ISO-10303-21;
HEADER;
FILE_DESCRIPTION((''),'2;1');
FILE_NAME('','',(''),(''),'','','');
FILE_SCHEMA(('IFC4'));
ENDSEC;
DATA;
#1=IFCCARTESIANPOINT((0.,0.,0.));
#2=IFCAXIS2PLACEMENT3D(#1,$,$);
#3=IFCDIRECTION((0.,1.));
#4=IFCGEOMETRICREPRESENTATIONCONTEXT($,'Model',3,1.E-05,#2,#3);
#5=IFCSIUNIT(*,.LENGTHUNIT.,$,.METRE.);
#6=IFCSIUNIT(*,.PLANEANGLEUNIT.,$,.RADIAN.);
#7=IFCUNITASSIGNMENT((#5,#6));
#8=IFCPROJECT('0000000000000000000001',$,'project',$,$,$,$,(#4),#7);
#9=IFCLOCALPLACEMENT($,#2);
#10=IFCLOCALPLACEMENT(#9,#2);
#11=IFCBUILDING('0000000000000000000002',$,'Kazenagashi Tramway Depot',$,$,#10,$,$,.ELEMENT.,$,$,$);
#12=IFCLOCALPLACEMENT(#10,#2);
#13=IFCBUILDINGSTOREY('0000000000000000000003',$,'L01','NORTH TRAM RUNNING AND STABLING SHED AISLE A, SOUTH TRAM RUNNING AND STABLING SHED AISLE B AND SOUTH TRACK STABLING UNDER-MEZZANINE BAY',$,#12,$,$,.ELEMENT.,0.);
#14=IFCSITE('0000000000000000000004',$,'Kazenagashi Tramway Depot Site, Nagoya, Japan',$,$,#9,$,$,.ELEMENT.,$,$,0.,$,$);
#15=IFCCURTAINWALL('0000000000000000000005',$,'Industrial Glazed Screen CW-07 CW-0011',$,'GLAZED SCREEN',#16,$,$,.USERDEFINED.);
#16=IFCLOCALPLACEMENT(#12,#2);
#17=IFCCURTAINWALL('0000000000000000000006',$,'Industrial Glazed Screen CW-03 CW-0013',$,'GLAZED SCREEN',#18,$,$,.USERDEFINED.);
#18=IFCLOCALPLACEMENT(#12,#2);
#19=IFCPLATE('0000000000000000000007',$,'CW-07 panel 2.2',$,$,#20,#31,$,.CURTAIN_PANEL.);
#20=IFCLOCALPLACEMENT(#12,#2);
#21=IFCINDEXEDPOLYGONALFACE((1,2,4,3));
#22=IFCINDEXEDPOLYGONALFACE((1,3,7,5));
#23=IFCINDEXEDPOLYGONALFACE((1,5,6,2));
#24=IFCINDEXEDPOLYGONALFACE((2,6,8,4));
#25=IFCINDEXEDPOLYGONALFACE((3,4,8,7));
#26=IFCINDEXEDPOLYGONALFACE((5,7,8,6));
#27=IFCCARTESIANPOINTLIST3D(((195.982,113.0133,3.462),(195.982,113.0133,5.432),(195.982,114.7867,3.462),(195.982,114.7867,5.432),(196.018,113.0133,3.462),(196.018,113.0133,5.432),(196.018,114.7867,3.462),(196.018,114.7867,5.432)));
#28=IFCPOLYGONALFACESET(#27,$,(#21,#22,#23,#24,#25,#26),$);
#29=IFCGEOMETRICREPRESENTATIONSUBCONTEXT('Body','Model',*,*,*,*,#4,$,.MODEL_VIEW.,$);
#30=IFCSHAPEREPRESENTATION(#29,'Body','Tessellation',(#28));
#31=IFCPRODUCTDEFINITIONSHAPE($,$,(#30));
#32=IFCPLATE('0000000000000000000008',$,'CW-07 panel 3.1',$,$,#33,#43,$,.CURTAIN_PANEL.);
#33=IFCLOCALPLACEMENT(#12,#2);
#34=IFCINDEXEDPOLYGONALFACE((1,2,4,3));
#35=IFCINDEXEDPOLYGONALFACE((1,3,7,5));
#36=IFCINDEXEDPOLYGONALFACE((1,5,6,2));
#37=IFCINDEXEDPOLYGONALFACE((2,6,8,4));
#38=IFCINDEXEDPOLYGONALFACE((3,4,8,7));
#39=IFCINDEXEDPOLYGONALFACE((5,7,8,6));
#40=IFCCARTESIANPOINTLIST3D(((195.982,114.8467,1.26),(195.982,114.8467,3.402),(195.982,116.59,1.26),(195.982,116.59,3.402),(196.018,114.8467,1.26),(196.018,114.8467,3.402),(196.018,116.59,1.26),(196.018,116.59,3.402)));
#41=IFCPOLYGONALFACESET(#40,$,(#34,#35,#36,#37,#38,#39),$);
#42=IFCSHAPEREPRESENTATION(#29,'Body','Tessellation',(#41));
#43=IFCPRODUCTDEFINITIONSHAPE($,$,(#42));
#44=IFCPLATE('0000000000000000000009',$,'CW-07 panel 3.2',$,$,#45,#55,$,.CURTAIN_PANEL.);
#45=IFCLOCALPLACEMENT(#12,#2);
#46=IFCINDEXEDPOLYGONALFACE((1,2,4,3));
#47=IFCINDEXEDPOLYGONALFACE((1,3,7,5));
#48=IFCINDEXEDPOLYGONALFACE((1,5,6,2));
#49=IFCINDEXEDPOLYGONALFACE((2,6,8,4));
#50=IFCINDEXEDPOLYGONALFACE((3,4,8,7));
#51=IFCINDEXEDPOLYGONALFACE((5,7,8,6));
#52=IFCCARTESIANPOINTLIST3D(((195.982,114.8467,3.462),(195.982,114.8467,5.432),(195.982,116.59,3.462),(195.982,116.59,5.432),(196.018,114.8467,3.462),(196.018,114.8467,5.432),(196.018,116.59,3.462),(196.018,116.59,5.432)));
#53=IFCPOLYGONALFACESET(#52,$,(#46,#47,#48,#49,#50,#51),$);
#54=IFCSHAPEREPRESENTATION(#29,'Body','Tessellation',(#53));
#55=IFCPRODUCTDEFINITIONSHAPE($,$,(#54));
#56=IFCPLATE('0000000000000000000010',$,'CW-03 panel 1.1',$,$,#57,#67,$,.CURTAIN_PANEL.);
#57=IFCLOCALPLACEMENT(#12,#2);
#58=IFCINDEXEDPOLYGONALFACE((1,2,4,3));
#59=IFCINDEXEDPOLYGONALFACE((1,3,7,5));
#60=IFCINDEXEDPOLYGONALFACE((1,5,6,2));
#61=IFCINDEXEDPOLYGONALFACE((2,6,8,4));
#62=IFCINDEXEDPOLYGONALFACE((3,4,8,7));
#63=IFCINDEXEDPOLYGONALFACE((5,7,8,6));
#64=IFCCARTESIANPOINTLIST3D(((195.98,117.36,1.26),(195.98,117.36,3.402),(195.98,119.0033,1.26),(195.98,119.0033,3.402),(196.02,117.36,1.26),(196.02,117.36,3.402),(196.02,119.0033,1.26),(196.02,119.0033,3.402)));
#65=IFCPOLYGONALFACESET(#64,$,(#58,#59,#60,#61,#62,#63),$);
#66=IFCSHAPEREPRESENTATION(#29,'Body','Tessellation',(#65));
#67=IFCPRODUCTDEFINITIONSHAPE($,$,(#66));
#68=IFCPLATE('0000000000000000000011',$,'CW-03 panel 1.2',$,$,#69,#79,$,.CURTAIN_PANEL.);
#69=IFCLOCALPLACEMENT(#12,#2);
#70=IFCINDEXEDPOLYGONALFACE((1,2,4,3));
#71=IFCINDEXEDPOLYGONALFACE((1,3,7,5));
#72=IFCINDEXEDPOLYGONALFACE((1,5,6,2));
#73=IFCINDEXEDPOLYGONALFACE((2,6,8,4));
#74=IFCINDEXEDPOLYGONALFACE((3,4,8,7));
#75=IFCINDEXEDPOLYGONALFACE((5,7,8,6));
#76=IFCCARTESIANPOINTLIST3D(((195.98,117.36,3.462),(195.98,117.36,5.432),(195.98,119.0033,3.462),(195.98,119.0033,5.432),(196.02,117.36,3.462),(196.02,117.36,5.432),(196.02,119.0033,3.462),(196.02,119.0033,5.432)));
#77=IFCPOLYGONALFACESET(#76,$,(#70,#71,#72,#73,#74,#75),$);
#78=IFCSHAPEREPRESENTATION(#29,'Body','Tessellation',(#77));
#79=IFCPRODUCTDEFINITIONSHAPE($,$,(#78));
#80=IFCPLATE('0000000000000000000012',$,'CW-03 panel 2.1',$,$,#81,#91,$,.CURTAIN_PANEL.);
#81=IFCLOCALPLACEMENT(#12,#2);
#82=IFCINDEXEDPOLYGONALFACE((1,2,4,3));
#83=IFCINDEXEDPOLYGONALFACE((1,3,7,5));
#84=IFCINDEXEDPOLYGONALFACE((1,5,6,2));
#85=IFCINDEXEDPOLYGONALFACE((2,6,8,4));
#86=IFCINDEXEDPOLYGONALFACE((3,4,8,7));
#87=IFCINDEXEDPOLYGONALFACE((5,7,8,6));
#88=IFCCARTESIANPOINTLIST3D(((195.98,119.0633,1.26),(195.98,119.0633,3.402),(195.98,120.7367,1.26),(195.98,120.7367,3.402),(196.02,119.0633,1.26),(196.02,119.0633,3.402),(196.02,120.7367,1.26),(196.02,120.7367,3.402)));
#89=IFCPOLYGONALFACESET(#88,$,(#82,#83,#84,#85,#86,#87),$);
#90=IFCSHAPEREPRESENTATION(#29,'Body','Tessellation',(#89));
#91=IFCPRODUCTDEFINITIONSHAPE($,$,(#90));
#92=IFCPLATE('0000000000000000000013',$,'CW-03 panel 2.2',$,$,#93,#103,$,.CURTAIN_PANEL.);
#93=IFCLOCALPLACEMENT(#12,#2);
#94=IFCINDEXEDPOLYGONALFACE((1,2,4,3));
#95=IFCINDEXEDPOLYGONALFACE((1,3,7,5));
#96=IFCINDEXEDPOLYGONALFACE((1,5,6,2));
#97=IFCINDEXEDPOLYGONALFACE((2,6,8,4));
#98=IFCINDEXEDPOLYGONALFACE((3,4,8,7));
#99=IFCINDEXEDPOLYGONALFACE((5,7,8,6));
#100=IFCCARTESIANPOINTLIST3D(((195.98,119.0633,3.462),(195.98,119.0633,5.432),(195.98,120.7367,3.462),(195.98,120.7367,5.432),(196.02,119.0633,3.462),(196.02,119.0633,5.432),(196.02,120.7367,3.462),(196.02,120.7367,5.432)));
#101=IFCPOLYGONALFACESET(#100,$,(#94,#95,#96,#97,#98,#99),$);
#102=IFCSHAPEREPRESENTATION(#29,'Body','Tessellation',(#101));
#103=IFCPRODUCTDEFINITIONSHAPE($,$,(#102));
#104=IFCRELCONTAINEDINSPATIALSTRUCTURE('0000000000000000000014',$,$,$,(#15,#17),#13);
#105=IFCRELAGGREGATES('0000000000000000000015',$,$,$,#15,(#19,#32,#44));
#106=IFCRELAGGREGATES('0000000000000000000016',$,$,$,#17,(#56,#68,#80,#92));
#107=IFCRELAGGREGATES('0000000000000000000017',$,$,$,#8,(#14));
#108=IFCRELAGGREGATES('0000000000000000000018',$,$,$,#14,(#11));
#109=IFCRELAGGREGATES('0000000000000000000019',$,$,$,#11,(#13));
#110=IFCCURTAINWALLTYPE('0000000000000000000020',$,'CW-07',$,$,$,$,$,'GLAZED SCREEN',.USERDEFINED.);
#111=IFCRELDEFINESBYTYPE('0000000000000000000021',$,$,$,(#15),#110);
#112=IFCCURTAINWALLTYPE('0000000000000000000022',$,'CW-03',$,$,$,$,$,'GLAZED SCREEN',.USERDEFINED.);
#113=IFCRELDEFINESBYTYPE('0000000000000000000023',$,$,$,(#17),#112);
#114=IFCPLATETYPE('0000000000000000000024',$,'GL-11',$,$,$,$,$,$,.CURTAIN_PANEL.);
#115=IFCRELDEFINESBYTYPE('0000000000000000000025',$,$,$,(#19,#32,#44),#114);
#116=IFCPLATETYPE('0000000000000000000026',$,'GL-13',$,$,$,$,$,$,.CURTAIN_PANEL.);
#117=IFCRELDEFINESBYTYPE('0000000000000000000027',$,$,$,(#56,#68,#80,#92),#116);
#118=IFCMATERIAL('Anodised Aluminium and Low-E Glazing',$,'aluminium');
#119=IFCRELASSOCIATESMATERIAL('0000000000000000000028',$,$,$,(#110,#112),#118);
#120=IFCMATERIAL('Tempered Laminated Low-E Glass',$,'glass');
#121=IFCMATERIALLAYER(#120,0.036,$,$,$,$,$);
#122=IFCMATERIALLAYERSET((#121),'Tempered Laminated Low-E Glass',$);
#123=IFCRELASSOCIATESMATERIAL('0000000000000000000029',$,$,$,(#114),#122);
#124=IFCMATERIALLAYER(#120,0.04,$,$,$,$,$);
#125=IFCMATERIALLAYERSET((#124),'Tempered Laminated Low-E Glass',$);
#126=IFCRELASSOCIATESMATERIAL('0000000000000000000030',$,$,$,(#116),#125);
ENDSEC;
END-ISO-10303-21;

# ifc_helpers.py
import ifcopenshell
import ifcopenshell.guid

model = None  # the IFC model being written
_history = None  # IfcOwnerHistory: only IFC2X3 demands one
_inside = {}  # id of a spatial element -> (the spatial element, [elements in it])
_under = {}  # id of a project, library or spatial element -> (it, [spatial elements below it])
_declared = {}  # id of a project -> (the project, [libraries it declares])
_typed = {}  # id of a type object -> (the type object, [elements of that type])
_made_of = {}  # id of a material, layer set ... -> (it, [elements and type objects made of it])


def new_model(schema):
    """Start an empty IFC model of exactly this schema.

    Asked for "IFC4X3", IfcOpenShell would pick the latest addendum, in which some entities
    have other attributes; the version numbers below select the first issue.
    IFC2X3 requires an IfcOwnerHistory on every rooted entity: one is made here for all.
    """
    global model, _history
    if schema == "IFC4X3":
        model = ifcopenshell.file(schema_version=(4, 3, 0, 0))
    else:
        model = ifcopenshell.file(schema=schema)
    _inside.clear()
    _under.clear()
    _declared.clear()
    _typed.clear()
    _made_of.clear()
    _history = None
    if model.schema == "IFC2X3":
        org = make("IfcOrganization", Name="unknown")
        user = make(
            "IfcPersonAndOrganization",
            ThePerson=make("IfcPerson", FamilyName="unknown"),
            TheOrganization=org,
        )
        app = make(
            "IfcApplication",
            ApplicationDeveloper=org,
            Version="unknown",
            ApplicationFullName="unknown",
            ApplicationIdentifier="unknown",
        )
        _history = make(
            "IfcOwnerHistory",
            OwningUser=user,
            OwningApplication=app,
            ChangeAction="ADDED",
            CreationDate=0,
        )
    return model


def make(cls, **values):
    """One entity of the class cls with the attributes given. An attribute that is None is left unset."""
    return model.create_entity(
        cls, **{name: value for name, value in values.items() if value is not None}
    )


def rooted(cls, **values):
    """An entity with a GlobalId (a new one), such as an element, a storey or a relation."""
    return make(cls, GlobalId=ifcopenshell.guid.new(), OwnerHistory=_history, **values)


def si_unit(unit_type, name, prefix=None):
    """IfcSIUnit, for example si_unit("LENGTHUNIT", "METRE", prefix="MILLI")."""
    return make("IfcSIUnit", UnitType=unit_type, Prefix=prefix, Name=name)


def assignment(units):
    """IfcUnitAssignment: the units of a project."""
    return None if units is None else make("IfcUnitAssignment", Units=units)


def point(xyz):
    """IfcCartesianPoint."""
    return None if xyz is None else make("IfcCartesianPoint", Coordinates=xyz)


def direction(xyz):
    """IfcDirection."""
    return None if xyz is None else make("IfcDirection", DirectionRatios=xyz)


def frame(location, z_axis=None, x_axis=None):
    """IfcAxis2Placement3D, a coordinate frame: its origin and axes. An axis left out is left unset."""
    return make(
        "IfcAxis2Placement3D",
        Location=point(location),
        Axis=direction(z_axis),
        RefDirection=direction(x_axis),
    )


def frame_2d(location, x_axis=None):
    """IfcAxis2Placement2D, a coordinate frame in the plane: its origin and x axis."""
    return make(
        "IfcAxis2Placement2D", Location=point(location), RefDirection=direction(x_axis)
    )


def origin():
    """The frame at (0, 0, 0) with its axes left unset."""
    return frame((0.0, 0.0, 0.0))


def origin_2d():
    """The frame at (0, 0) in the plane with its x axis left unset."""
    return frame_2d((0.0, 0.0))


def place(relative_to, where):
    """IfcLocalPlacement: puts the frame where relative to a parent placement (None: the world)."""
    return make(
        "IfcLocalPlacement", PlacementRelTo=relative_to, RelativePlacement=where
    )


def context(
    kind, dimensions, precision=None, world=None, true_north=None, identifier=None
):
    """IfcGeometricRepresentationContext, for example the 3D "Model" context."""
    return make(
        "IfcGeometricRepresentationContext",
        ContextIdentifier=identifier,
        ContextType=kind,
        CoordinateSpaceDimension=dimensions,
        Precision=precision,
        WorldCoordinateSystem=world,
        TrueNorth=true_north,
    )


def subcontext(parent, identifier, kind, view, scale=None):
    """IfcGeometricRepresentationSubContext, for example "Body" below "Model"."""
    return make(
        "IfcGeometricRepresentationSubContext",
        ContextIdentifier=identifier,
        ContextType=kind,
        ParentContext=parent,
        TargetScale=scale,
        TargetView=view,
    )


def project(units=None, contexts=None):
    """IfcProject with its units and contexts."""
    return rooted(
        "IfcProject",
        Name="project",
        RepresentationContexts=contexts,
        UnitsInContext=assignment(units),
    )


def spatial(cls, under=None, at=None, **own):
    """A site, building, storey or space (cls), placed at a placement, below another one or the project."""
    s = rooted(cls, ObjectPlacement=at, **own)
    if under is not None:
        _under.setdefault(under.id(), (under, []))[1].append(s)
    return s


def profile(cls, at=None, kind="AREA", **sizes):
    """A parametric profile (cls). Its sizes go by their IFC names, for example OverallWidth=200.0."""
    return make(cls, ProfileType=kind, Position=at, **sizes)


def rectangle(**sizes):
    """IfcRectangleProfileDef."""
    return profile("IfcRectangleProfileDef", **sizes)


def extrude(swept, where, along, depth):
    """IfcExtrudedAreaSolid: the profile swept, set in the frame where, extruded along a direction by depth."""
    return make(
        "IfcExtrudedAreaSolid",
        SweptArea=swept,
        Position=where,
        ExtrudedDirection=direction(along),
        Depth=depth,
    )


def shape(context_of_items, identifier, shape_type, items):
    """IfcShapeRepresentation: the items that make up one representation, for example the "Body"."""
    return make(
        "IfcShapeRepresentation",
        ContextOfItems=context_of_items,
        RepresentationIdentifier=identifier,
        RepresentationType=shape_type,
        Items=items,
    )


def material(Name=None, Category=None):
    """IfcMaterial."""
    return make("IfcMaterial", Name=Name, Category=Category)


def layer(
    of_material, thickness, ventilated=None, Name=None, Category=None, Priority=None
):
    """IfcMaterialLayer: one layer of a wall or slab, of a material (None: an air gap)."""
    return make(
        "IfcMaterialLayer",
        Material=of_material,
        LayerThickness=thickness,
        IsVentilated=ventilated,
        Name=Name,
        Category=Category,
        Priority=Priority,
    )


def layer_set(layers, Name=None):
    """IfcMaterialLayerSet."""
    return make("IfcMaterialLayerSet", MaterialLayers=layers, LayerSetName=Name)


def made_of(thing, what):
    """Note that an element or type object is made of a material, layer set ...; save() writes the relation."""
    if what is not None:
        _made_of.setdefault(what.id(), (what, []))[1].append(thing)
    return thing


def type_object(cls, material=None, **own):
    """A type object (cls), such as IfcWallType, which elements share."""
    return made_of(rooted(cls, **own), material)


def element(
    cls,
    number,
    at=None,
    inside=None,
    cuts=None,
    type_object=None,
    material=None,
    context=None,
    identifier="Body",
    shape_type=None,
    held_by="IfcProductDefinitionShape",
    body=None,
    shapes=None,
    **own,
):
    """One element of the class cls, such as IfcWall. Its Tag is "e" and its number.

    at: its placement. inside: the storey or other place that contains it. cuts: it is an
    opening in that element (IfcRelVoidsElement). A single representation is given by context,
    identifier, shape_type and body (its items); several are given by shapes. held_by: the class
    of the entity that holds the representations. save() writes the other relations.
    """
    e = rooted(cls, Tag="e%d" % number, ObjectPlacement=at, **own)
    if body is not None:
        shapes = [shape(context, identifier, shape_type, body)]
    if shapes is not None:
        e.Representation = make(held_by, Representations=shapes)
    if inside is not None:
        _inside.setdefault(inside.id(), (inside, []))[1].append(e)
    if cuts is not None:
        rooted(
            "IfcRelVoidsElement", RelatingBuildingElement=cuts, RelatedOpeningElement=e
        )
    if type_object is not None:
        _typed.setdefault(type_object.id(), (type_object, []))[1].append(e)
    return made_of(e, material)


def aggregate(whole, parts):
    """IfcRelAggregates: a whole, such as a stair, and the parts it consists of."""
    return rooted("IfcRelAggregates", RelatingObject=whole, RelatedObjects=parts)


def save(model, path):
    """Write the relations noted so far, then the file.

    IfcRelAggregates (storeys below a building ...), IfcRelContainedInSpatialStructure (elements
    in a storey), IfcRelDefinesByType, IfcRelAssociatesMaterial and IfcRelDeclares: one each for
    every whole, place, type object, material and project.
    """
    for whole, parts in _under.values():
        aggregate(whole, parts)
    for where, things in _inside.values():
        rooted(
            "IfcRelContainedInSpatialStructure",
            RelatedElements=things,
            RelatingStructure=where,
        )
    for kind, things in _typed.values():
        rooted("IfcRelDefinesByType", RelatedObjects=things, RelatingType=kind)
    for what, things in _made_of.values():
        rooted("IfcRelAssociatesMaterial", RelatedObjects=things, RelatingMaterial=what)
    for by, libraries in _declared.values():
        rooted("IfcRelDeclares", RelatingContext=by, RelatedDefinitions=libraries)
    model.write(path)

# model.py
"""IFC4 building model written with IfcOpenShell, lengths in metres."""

from ifc_helpers import new_model, si_unit, direction, frame, origin, origin_2d, place, context, subcontext, project, spatial, rectangle, extrude, material, layer, layer_set, type_object, element, aggregate, save


model = new_model("IFC4")

# Units and contexts
model_context = context("Model", 3, precision=1e-05, world=origin(), true_north=direction((0.0, 1.0)))
body_context = subcontext(model_context, "Body", "Model", "MODEL_VIEW")
ifc_project = project(units=[si_unit("LENGTHUNIT", "METRE"), si_unit("PLANEANGLEUNIT", "RADIAN")], contexts=[model_context])

# Site, building, storey
site_placement = place(None, origin())
site = spatial("IfcSite", under=ifc_project, at=site_placement, Name="Kazenagashi Tramway Depot Site, Nagoya, Japan", CompositionType="ELEMENT", RefElevation=0.0)
building_placement = place(site_placement, origin())
building = spatial("IfcBuilding", under=site, at=building_placement, Name="Kazenagashi Tramway Depot", CompositionType="ELEMENT")
storey_placement = place(building_placement, origin())
storey = spatial("IfcBuildingStorey", under=building, at=storey_placement, Name="L01", Description="NORTH TRAM RUNNING AND STABLING SHED AISLE A, SOUTH TRAM RUNNING AND STABLING SHED AISLE B AND SOUTH TRACK STABLING UNDER-MEZZANINE BAY", CompositionType="ELEMENT", Elevation=0.0)

# Curtain walls
ifc_material_1 = material(Name="Anodised Aluminium and Low-E Glazing", Category="aluminium")
curtain_wall_type_1 = type_object("IfcCurtainWallType", Name="CW-07", ElementType="GLAZED SCREEN", PredefinedType="USERDEFINED", material=ifc_material_1)
curtain_wall_1_placement = place(storey_placement, origin())
curtain_wall_1 = element("IfcCurtainWall", 1, at=curtain_wall_1_placement, inside=storey, type_object=curtain_wall_type_1, Name="Industrial Glazed Screen CW-07 CW-0011", ObjectType="GLAZED SCREEN", PredefinedType="USERDEFINED")
curtain_wall_type_2 = type_object("IfcCurtainWallType", Name="CW-03", ElementType="GLAZED SCREEN", PredefinedType="USERDEFINED", material=ifc_material_1)
curtain_wall_2_placement = place(storey_placement, origin())
curtain_wall_2 = element("IfcCurtainWall", 2, at=curtain_wall_2_placement, inside=storey, type_object=curtain_wall_type_2, Name="Industrial Glazed Screen CW-03 CW-0013", ObjectType="GLAZED SCREEN", PredefinedType="USERDEFINED")

# Plates
ifc_material_2 = material(Name="Tempered Laminated Low-E Glass", Category="glass")
ifc_layer_1 = layer(ifc_material_2, 0.036)
ifc_layer_set_1 = layer_set([ifc_layer_1], Name="Tempered Laminated Low-E Glass")
plate_type_1 = type_object("IfcPlateType", Name="GL-11", PredefinedType="CURTAIN_PANEL", material=ifc_layer_set_1)
plate_1_placement = place(storey_placement, frame((196.0, 113.9, 3.462), z_axis=(0.0, 0.0, 1.0), x_axis=(0.0, 1.0, 0.0)))
plate_1 = element("IfcPlate", 3, at=plate_1_placement, type_object=plate_type_1, Name="CW-07 panel 2.2", PredefinedType="CURTAIN_PANEL", context=body_context, shape_type="SweptSolid", body=[
    extrude(rectangle(XDim=1.7733, YDim=0.036, at=origin_2d()), origin(), (0.0, 0.0, 1.0), 1.97),
])
plate_2_placement = place(storey_placement, frame((196.0, 115.7183, 1.26), z_axis=(0.0, 0.0, 1.0), x_axis=(0.0, 1.0, 0.0)))
plate_2 = element("IfcPlate", 4, at=plate_2_placement, type_object=plate_type_1, Name="CW-07 panel 3.1", PredefinedType="CURTAIN_PANEL", context=body_context, shape_type="SweptSolid", body=[
    extrude(rectangle(XDim=1.7433, YDim=0.036, at=origin_2d()), origin(), (0.0, 0.0, 1.0), 2.142),
])
plate_3_placement = place(storey_placement, frame((196.0, 115.7183, 3.462), z_axis=(0.0, 0.0, 1.0), x_axis=(0.0, 1.0, 0.0)))
plate_3 = element("IfcPlate", 5, at=plate_3_placement, type_object=plate_type_1, Name="CW-07 panel 3.2", PredefinedType="CURTAIN_PANEL", context=body_context, shape_type="SweptSolid", body=[
    extrude(rectangle(XDim=1.7433, YDim=0.036, at=origin_2d()), origin(), (0.0, 0.0, 1.0), 1.97),
])
aggregate(curtain_wall_1, [plate_1, plate_2, plate_3])
ifc_layer_2 = layer(ifc_material_2, 0.04)
ifc_layer_set_2 = layer_set([ifc_layer_2], Name="Tempered Laminated Low-E Glass")
plate_type_2 = type_object("IfcPlateType", Name="GL-13", PredefinedType="CURTAIN_PANEL", material=ifc_layer_set_2)
plate_4_placement = place(storey_placement, frame((196.0, 118.1817, 1.26), z_axis=(0.0, 0.0, 1.0), x_axis=(0.0, 1.0, 0.0)))
plate_4 = element("IfcPlate", 6, at=plate_4_placement, type_object=plate_type_2, Name="CW-03 panel 1.1", PredefinedType="CURTAIN_PANEL", context=body_context, shape_type="SweptSolid", body=[
    extrude(rectangle(XDim=1.6433, YDim=0.04, at=origin_2d()), origin(), (0.0, 0.0, 1.0), 2.142),
])
plate_5_placement = place(storey_placement, frame((196.0, 118.1817, 3.462), z_axis=(0.0, 0.0, 1.0), x_axis=(0.0, 1.0, 0.0)))
plate_5 = element("IfcPlate", 7, at=plate_5_placement, type_object=plate_type_2, Name="CW-03 panel 1.2", PredefinedType="CURTAIN_PANEL", context=body_context, shape_type="SweptSolid", body=[
    extrude(rectangle(XDim=1.6433, YDim=0.04, at=origin_2d()), origin(), (0.0, 0.0, 1.0), 1.97),
])
plate_6_placement = place(storey_placement, frame((196.0, 119.9, 1.26), z_axis=(0.0, 0.0, 1.0), x_axis=(0.0, 1.0, 0.0)))
plate_6 = element("IfcPlate", 8, at=plate_6_placement, type_object=plate_type_2, Name="CW-03 panel 2.1", PredefinedType="CURTAIN_PANEL", context=body_context, shape_type="SweptSolid", body=[
    extrude(rectangle(XDim=1.6733, YDim=0.04, at=origin_2d()), origin(), (0.0, 0.0, 1.0), 2.142),
])
plate_7_placement = place(storey_placement, frame((196.0, 119.9, 3.462), z_axis=(0.0, 0.0, 1.0), x_axis=(0.0, 1.0, 0.0)))
plate_7 = element("IfcPlate", 9, at=plate_7_placement, type_object=plate_type_2, Name="CW-03 panel 2.2", PredefinedType="CURTAIN_PANEL", context=body_context, shape_type="SweptSolid", body=[
    extrude(rectangle(XDim=1.6733, YDim=0.04, at=origin_2d()), origin(), (0.0, 0.0, 1.0), 1.97),
])
aggregate(curtain_wall_2, [plate_4, plate_5, plate_6, plate_7])

save(model, "model.ifc")
